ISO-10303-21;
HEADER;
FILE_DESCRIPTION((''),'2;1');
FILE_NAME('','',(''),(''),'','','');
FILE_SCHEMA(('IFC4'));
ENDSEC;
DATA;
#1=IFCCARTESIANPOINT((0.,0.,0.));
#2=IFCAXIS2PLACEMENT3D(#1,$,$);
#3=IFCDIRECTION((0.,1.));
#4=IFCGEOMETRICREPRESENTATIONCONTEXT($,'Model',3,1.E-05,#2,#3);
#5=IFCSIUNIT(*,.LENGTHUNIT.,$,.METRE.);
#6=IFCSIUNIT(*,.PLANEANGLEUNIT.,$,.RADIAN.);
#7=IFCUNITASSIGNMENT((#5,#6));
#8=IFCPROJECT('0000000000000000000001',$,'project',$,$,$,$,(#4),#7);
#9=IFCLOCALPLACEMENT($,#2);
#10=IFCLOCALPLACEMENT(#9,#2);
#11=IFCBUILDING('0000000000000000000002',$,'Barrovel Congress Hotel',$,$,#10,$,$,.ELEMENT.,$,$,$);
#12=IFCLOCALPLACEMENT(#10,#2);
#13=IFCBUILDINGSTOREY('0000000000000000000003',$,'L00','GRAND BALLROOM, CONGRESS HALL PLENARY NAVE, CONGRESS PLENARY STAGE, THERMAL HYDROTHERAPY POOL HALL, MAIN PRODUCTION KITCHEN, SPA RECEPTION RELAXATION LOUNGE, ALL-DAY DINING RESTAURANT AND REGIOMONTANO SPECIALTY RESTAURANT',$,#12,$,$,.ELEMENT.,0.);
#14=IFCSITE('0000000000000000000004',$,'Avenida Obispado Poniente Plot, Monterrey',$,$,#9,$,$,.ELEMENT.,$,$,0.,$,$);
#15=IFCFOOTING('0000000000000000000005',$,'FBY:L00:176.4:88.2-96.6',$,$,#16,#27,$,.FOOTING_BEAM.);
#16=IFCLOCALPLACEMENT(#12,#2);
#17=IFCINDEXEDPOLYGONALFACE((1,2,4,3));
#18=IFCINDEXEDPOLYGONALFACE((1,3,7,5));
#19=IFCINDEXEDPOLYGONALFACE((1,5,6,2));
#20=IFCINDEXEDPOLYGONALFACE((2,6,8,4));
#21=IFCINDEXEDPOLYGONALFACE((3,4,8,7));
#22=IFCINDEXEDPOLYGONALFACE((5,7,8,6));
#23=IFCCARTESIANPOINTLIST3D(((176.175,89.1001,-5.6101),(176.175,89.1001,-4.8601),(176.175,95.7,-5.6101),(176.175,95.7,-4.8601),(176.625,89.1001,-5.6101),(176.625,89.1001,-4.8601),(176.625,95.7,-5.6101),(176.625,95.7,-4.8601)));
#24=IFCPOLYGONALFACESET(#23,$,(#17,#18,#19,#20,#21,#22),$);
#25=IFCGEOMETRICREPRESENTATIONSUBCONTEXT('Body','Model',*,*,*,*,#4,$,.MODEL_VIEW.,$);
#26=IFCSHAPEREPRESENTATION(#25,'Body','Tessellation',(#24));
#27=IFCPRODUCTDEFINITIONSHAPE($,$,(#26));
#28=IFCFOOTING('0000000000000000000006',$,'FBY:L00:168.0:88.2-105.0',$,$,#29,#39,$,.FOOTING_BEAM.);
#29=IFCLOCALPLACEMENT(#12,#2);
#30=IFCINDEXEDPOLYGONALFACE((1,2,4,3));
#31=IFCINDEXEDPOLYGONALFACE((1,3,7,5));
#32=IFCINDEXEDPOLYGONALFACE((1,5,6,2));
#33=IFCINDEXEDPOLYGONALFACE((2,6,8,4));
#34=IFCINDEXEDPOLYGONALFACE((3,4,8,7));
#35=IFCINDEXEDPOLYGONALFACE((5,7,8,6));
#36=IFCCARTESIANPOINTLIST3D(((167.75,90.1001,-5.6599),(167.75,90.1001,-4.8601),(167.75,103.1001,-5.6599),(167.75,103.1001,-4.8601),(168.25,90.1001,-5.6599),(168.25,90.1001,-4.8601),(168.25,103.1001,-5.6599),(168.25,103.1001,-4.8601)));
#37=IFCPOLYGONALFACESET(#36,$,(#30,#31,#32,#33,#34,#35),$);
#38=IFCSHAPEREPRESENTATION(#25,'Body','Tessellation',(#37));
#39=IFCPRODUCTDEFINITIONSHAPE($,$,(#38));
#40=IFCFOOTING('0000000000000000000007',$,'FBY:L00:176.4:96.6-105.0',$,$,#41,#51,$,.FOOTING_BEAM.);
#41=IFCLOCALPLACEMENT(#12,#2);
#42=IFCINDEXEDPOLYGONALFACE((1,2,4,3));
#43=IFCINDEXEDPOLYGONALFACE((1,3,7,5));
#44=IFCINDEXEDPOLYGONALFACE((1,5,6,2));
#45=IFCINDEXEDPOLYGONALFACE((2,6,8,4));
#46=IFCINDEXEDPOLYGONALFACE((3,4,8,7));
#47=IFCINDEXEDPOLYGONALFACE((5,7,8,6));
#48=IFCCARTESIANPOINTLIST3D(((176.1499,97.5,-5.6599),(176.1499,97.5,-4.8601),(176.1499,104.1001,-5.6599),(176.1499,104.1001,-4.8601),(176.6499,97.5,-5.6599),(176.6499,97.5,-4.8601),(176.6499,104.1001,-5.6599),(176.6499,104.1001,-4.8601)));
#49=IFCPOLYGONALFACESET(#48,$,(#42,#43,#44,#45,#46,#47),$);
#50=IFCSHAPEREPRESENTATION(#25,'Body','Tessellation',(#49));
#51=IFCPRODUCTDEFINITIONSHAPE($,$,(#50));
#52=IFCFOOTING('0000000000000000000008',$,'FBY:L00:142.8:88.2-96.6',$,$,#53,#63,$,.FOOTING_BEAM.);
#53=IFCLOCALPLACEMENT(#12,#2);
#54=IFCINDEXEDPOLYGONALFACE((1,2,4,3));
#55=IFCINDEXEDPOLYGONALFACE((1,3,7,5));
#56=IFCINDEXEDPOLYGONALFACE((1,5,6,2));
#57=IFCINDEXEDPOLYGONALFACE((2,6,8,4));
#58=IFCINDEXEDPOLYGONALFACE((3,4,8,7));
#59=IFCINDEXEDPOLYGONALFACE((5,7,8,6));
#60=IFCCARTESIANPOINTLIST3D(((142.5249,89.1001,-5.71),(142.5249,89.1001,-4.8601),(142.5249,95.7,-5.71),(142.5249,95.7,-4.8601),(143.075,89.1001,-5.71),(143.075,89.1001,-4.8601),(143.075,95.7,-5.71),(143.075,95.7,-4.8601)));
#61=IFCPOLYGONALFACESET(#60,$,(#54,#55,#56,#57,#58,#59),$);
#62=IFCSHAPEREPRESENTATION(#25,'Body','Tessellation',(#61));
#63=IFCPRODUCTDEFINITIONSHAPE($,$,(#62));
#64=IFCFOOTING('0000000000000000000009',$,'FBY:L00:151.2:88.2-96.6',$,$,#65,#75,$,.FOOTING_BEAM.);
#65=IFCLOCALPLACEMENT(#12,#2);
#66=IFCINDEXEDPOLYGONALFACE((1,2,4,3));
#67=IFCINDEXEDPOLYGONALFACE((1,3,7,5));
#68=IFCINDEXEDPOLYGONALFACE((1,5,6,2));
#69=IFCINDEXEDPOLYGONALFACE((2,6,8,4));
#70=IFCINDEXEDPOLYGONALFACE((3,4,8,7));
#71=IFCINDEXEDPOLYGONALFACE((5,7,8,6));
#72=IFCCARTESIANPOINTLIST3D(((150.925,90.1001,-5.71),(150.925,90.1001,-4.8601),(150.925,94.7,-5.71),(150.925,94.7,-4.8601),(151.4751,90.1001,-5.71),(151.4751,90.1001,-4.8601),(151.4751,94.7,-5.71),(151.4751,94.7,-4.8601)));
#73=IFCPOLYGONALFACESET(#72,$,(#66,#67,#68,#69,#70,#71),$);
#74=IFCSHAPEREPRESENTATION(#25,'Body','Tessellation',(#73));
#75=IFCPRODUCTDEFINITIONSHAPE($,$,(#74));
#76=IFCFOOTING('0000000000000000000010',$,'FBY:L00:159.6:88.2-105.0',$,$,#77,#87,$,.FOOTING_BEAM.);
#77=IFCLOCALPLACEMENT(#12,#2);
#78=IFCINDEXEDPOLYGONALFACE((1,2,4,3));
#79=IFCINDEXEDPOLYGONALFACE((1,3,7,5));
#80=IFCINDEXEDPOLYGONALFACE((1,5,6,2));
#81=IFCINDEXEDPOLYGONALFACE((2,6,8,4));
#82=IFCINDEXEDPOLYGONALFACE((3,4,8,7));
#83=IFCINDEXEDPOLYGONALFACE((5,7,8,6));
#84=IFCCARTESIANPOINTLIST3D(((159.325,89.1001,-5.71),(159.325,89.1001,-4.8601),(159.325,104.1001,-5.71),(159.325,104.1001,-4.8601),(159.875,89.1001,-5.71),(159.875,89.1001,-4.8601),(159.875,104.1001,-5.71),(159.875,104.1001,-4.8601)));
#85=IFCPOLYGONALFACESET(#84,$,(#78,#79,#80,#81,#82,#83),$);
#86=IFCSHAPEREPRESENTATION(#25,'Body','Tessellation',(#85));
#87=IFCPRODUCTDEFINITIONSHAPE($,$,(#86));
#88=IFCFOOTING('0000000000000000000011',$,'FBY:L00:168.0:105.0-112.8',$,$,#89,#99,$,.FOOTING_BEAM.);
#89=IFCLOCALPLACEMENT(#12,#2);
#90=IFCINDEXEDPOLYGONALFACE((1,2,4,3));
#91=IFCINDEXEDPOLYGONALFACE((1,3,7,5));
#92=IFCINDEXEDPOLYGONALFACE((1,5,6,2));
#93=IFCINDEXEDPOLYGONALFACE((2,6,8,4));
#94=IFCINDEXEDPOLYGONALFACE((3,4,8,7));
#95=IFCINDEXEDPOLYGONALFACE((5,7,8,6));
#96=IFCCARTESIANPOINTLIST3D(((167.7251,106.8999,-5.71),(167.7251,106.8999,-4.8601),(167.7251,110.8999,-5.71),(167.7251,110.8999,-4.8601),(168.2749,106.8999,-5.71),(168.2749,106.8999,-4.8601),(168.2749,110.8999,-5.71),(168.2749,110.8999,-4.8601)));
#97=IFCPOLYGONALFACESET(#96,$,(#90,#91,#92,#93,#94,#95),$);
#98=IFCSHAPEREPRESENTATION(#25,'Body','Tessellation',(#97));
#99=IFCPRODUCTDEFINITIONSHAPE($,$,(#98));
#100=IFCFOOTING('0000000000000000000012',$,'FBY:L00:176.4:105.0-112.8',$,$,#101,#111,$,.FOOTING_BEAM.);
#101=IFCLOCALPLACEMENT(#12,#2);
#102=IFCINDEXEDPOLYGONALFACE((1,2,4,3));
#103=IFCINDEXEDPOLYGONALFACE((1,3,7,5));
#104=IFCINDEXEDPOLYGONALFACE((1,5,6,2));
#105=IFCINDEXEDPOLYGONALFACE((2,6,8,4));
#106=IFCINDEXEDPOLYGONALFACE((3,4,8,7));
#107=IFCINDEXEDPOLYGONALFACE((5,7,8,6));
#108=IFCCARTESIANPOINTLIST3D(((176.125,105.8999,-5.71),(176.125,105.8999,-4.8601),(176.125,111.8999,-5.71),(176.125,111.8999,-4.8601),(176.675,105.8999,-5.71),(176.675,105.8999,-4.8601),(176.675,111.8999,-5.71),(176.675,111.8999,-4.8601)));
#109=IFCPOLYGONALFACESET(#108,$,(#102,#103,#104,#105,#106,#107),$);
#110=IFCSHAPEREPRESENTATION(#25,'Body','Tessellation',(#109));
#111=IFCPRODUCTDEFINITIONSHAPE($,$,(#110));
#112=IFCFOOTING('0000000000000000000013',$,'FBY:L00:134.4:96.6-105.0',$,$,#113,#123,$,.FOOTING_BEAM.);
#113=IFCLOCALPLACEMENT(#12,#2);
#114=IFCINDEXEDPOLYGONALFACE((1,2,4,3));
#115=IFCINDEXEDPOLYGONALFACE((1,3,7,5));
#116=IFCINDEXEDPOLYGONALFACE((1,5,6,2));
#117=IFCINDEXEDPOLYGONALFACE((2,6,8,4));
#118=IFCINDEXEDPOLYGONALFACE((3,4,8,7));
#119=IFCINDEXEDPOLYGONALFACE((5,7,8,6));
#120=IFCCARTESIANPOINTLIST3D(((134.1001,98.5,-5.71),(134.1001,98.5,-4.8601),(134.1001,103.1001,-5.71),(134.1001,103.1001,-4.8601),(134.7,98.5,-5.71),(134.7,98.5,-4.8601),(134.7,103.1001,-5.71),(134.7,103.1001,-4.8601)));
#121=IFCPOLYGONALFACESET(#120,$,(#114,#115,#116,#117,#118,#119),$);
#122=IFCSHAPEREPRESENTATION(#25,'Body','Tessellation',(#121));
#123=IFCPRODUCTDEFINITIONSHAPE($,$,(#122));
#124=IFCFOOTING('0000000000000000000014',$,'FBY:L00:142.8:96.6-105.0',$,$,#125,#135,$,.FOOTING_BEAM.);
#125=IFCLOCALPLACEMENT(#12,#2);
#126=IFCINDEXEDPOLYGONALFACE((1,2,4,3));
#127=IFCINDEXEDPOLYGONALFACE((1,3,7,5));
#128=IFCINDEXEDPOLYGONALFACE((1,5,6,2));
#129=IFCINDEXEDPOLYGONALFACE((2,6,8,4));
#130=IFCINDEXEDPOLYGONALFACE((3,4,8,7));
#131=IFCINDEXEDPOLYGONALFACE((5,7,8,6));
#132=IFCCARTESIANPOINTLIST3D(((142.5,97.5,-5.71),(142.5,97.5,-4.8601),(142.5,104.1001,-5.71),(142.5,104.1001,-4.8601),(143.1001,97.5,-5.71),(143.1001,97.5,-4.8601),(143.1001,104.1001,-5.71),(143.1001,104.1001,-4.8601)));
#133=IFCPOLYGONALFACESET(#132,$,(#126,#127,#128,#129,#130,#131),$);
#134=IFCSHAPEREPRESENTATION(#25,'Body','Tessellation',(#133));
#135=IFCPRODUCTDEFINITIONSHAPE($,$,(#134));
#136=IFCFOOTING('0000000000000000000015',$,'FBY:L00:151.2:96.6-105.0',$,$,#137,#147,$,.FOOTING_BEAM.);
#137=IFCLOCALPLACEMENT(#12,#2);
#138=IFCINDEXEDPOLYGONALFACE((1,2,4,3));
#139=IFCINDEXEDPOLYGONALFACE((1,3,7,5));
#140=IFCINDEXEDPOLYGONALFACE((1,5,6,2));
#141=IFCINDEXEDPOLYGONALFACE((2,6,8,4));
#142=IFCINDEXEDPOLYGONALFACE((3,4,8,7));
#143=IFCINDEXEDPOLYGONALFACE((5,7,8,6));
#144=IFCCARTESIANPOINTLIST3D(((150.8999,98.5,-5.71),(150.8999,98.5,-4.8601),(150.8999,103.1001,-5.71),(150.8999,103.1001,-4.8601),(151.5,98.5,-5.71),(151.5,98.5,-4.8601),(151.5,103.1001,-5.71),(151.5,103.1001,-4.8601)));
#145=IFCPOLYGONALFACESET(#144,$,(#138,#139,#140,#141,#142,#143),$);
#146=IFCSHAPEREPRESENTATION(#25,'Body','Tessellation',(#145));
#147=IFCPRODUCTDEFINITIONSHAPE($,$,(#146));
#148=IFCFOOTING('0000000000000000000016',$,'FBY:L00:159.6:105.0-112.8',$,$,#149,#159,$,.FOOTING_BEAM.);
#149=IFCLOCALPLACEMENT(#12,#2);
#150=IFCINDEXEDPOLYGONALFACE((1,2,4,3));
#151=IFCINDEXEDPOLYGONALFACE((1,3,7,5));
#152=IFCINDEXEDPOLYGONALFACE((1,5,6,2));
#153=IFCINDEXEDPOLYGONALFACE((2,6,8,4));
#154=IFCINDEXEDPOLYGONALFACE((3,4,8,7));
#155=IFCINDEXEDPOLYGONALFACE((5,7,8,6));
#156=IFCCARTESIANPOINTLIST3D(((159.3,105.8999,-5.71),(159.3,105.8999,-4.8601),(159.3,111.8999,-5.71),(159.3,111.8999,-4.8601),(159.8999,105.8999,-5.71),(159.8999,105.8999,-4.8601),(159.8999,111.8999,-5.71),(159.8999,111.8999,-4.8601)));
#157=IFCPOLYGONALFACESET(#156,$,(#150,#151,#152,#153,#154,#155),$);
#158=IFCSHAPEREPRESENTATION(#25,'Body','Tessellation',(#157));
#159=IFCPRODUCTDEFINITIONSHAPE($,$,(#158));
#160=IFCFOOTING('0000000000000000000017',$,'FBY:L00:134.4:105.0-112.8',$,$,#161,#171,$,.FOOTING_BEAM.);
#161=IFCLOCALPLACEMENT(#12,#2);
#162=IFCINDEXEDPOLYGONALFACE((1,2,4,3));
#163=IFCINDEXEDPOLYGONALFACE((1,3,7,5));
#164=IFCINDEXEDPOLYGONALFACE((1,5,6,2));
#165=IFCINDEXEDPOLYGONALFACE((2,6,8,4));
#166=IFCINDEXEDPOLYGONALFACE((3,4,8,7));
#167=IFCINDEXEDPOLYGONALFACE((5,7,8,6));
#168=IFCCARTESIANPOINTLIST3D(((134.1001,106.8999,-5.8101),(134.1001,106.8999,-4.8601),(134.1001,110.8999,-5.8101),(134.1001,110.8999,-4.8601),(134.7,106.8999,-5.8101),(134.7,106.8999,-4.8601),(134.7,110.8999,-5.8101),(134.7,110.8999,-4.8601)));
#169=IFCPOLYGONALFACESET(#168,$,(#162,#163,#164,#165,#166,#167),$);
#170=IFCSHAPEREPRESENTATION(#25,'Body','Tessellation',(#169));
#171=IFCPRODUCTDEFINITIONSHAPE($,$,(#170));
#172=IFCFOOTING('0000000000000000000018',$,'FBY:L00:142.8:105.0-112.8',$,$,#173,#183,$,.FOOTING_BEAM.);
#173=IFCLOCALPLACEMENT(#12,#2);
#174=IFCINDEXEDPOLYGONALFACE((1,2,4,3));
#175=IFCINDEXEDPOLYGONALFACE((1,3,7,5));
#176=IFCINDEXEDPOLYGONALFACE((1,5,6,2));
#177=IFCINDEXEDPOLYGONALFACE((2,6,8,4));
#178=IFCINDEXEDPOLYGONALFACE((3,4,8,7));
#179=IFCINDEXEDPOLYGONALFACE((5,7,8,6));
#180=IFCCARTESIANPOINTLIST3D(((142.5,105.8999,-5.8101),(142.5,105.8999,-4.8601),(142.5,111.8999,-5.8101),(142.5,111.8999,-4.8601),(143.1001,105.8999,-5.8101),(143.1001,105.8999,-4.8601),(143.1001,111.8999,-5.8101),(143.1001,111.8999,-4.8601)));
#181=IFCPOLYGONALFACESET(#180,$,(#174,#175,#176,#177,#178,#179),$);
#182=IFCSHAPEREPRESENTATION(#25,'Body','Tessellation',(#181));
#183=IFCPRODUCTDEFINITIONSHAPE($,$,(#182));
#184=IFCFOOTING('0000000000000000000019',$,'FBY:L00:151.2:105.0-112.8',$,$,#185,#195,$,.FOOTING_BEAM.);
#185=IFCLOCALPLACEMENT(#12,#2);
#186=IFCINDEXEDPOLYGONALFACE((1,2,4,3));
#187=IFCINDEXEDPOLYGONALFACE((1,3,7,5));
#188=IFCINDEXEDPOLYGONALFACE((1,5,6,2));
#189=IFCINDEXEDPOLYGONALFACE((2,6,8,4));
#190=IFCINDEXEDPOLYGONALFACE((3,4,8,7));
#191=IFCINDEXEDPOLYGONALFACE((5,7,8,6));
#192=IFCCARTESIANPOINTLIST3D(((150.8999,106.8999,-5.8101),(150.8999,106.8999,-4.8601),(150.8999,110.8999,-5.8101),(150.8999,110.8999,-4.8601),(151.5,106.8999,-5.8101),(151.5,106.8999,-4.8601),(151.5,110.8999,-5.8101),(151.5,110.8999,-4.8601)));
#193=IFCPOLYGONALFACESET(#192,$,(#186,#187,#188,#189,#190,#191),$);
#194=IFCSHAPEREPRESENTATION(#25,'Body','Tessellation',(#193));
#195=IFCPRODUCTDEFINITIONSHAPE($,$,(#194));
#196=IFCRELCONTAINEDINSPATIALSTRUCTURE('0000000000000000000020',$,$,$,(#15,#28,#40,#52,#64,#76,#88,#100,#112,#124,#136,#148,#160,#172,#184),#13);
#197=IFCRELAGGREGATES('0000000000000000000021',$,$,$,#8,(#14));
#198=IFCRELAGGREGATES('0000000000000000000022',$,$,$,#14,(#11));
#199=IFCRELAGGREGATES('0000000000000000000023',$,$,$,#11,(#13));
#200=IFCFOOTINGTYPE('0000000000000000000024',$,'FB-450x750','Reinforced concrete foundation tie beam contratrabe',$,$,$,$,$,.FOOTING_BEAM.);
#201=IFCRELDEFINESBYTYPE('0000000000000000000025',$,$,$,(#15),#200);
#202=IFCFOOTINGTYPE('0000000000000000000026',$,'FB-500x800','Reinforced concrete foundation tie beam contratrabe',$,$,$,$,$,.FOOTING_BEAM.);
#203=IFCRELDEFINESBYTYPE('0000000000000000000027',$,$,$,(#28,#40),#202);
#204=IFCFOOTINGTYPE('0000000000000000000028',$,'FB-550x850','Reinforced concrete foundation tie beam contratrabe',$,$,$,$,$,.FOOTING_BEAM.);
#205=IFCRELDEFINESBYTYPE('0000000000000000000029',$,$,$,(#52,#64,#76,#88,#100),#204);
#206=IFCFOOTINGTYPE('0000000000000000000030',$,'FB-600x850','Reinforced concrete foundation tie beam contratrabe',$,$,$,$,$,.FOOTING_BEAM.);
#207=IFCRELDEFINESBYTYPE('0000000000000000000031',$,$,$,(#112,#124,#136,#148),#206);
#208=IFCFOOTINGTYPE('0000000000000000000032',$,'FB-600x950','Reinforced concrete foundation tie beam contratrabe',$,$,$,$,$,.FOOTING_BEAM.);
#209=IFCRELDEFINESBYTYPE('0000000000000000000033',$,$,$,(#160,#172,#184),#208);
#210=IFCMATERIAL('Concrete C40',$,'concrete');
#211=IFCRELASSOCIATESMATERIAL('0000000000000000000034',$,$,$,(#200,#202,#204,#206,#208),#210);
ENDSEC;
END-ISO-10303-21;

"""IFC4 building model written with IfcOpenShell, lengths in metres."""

from ifc_helpers import new_model, si_unit, direction, frame, origin, place, context, subcontext, project, spatial, polyline, outline, extrude, material, type_object, element, save


model = new_model("IFC4")

# Units and contexts
model_context = context("Model", 3, precision=1e-05, world=origin(), true_north=direction((0.0, 1.0)))
body_context = subcontext(model_context, "Body", "Model", "MODEL_VIEW")
ifc_project = project(units=[si_unit("LENGTHUNIT", "METRE"), si_unit("PLANEANGLEUNIT", "RADIAN")], contexts=[model_context])

# Site, building, storey
site_placement = place(None, origin())
site = spatial("IfcSite", under=ifc_project, at=site_placement, Name="Avenida Obispado Poniente Plot, Monterrey", CompositionType="ELEMENT", RefElevation=0.0)
building_placement = place(site_placement, origin())
building = spatial("IfcBuilding", under=site, at=building_placement, Name="Barrovel Congress Hotel", CompositionType="ELEMENT")
storey_placement = place(building_placement, origin())
storey = spatial("IfcBuildingStorey", under=building, at=storey_placement, Name="L00", Description="GRAND BALLROOM, CONGRESS HALL PLENARY NAVE, CONGRESS PLENARY STAGE, THERMAL HYDROTHERAPY POOL HALL, MAIN PRODUCTION KITCHEN, SPA RECEPTION RELAXATION LOUNGE, ALL-DAY DINING RESTAURANT AND REGIOMONTANO SPECIALTY RESTAURANT", CompositionType="ELEMENT", Elevation=0.0)

# Footings
ifc_material_1 = material(Name="Concrete C40", Category="concrete")
footing_type_1 = type_object("IfcFootingType", Name="FB-450x750", Description="Reinforced concrete foundation tie beam contratrabe", PredefinedType="FOOTING_BEAM", material=ifc_material_1)
footing_1_placement = place(storey_placement, frame((0.0, 0.0, -5.6101)))
element("IfcFooting", 1, at=footing_1_placement, inside=storey, type_object=footing_type_1, Name="FBY:L00:176.4:88.2-96.6", PredefinedType="FOOTING_BEAM", context=body_context, shape_type="SweptSolid", body=[
    extrude(outline(polyline([(176.175, 89.1001), (176.625, 89.1001), (176.625, 95.7), (176.175, 95.7), (176.175, 89.1001)])), origin(), (0.0, 0.0, 1.0), 0.75),
])
footing_type_2 = type_object("IfcFootingType", Name="FB-500x800", Description="Reinforced concrete foundation tie beam contratrabe", PredefinedType="FOOTING_BEAM", material=ifc_material_1)
footing_2_placement = place(storey_placement, frame((0.0, 0.0, -5.6599)))
element("IfcFooting", 2, at=footing_2_placement, inside=storey, type_object=footing_type_2, Name="FBY:L00:168.0:88.2-105.0", PredefinedType="FOOTING_BEAM", context=body_context, shape_type="SweptSolid", body=[
    extrude(outline(polyline([(167.75, 90.1001), (168.25, 90.1001), (168.25, 103.1001), (167.75, 103.1001), (167.75, 90.1001)])), origin(), (0.0, 0.0, 1.0), 0.7998),
])
footing_3_placement = place(storey_placement, frame((0.0, 0.0, -5.6599)))
element("IfcFooting", 3, at=footing_3_placement, inside=storey, type_object=footing_type_2, Name="FBY:L00:176.4:96.6-105.0", PredefinedType="FOOTING_BEAM", context=body_context, shape_type="SweptSolid", body=[
    extrude(outline(polyline([(176.1499, 97.5), (176.6499, 97.5), (176.6499, 104.1001), (176.1499, 104.1001), (176.1499, 97.5)])), origin(), (0.0, 0.0, 1.0), 0.7998),
])
footing_type_3 = type_object("IfcFootingType", Name="FB-550x850", Description="Reinforced concrete foundation tie beam contratrabe", PredefinedType="FOOTING_BEAM", material=ifc_material_1)
footing_4_placement = place(storey_placement, frame((0.0, 0.0, -5.71)))
element("IfcFooting", 4, at=footing_4_placement, inside=storey, type_object=footing_type_3, Name="FBY:L00:142.8:88.2-96.6", PredefinedType="FOOTING_BEAM", context=body_context, shape_type="SweptSolid", body=[
    extrude(outline(polyline([(142.5249, 89.1001), (143.075, 89.1001), (143.075, 95.7), (142.5249, 95.7), (142.5249, 89.1001)])), origin(), (0.0, 0.0, 1.0), 0.8499),
])
footing_5_placement = place(storey_placement, frame((0.0, 0.0, -5.71)))
element("IfcFooting", 5, at=footing_5_placement, inside=storey, type_object=footing_type_3, Name="FBY:L00:151.2:88.2-96.6", PredefinedType="FOOTING_BEAM", context=body_context, shape_type="SweptSolid", body=[
    extrude(outline(polyline([(150.925, 90.1001), (151.4751, 90.1001), (151.4751, 94.7), (150.925, 94.7), (150.925, 90.1001)])), origin(), (0.0, 0.0, 1.0), 0.8499),
])
footing_6_placement = place(storey_placement, frame((0.0, 0.0, -5.71)))
element("IfcFooting", 6, at=footing_6_placement, inside=storey, type_object=footing_type_3, Name="FBY:L00:159.6:88.2-105.0", PredefinedType="FOOTING_BEAM", context=body_context, shape_type="SweptSolid", body=[
    extrude(outline(polyline([(159.325, 89.1001), (159.875, 89.1001), (159.875, 104.1001), (159.325, 104.1001), (159.325, 89.1001)])), origin(), (0.0, 0.0, 1.0), 0.8499),
])
footing_7_placement = place(storey_placement, frame((0.0, 0.0, -5.71)))
element("IfcFooting", 7, at=footing_7_placement, inside=storey, type_object=footing_type_3, Name="FBY:L00:168.0:105.0-112.8", PredefinedType="FOOTING_BEAM", context=body_context, shape_type="SweptSolid", body=[
    extrude(outline(polyline([(167.7251, 106.8999), (168.2749, 106.8999), (168.2749, 110.8999), (167.7251, 110.8999), (167.7251, 106.8999)])), origin(), (0.0, 0.0, 1.0), 0.8499),
])
footing_8_placement = place(storey_placement, frame((0.0, 0.0, -5.71)))
element("IfcFooting", 8, at=footing_8_placement, inside=storey, type_object=footing_type_3, Name="FBY:L00:176.4:105.0-112.8", PredefinedType="FOOTING_BEAM", context=body_context, shape_type="SweptSolid", body=[
    extrude(outline(polyline([(176.125, 105.8999), (176.675, 105.8999), (176.675, 111.8999), (176.125, 111.8999), (176.125, 105.8999)])), origin(), (0.0, 0.0, 1.0), 0.8499),
])
footing_type_4 = type_object("IfcFootingType", Name="FB-600x850", Description="Reinforced concrete foundation tie beam contratrabe", PredefinedType="FOOTING_BEAM", material=ifc_material_1)
footing_9_placement = place(storey_placement, frame((0.0, 0.0, -5.71)))
element("IfcFooting", 9, at=footing_9_placement, inside=storey, type_object=footing_type_4, Name="FBY:L00:134.4:96.6-105.0", PredefinedType="FOOTING_BEAM", context=body_context, shape_type="SweptSolid", body=[
    extrude(outline(polyline([(134.1001, 98.5), (134.7, 98.5), (134.7, 103.1001), (134.1001, 103.1001), (134.1001, 98.5)])), origin(), (0.0, 0.0, 1.0), 0.8499),
])
footing_10_placement = place(storey_placement, frame((0.0, 0.0, -5.71)))
element("IfcFooting", 10, at=footing_10_placement, inside=storey, type_object=footing_type_4, Name="FBY:L00:142.8:96.6-105.0", PredefinedType="FOOTING_BEAM", context=body_context, shape_type="SweptSolid", body=[
    extrude(outline(polyline([(142.5, 97.5), (143.1001, 97.5), (143.1001, 104.1001), (142.5, 104.1001), (142.5, 97.5)])), origin(), (0.0, 0.0, 1.0), 0.8499),
])
footing_11_placement = place(storey_placement, frame((0.0, 0.0, -5.71)))
element("IfcFooting", 11, at=footing_11_placement, inside=storey, type_object=footing_type_4, Name="FBY:L00:151.2:96.6-105.0", PredefinedType="FOOTING_BEAM", context=body_context, shape_type="SweptSolid", body=[
    extrude(outline(polyline([(150.8999, 98.5), (151.5, 98.5), (151.5, 103.1001), (150.8999, 103.1001), (150.8999, 98.5)])), origin(), (0.0, 0.0, 1.0), 0.8499),
])
footing_12_placement = place(storey_placement, frame((0.0, 0.0, -5.71)))
element("IfcFooting", 12, at=footing_12_placement, inside=storey, type_object=footing_type_4, Name="FBY:L00:159.6:105.0-112.8", PredefinedType="FOOTING_BEAM", context=body_context, shape_type="SweptSolid", body=[
    extrude(outline(polyline([(159.3, 105.8999), (159.8999, 105.8999), (159.8999, 111.8999), (159.3, 111.8999), (159.3, 105.8999)])), origin(), (0.0, 0.0, 1.0), 0.8499),
])
footing_type_5 = type_object("IfcFootingType", Name="FB-600x950", Description="Reinforced concrete foundation tie beam contratrabe", PredefinedType="FOOTING_BEAM", material=ifc_material_1)
footing_13_placement = place(storey_placement, frame((0.0, 0.0, -5.8101)))
element("IfcFooting", 13, at=footing_13_placement, inside=storey, type_object=footing_type_5, Name="FBY:L00:134.4:105.0-112.8", PredefinedType="FOOTING_BEAM", context=body_context, shape_type="SweptSolid", body=[
    extrude(outline(polyline([(134.1001, 106.8999), (134.7, 106.8999), (134.7, 110.8999), (134.1001, 110.8999), (134.1001, 106.8999)])), origin(), (0.0, 0.0, 1.0), 0.95),
])
footing_14_placement = place(storey_placement, frame((0.0, 0.0, -5.8101)))
element("IfcFooting", 14, at=footing_14_placement, inside=storey, type_object=footing_type_5, Name="FBY:L00:142.8:105.0-112.8", PredefinedType="FOOTING_BEAM", context=body_context, shape_type="SweptSolid", body=[
    extrude(outline(polyline([(142.5, 105.8999), (143.1001, 105.8999), (143.1001, 111.8999), (142.5, 111.8999), (142.5, 105.8999)])), origin(), (0.0, 0.0, 1.0), 0.95),
])
footing_15_placement = place(storey_placement, frame((0.0, 0.0, -5.8101)))
element("IfcFooting", 15, at=footing_15_placement, inside=storey, type_object=footing_type_5, Name="FBY:L00:151.2:105.0-112.8", PredefinedType="FOOTING_BEAM", context=body_context, shape_type="SweptSolid", body=[
    extrude(outline(polyline([(150.8999, 106.8999), (151.5, 106.8999), (151.5, 110.8999), (150.8999, 110.8999), (150.8999, 106.8999)])), origin(), (0.0, 0.0, 1.0), 0.95),
])

save(model, "model.ifc")
